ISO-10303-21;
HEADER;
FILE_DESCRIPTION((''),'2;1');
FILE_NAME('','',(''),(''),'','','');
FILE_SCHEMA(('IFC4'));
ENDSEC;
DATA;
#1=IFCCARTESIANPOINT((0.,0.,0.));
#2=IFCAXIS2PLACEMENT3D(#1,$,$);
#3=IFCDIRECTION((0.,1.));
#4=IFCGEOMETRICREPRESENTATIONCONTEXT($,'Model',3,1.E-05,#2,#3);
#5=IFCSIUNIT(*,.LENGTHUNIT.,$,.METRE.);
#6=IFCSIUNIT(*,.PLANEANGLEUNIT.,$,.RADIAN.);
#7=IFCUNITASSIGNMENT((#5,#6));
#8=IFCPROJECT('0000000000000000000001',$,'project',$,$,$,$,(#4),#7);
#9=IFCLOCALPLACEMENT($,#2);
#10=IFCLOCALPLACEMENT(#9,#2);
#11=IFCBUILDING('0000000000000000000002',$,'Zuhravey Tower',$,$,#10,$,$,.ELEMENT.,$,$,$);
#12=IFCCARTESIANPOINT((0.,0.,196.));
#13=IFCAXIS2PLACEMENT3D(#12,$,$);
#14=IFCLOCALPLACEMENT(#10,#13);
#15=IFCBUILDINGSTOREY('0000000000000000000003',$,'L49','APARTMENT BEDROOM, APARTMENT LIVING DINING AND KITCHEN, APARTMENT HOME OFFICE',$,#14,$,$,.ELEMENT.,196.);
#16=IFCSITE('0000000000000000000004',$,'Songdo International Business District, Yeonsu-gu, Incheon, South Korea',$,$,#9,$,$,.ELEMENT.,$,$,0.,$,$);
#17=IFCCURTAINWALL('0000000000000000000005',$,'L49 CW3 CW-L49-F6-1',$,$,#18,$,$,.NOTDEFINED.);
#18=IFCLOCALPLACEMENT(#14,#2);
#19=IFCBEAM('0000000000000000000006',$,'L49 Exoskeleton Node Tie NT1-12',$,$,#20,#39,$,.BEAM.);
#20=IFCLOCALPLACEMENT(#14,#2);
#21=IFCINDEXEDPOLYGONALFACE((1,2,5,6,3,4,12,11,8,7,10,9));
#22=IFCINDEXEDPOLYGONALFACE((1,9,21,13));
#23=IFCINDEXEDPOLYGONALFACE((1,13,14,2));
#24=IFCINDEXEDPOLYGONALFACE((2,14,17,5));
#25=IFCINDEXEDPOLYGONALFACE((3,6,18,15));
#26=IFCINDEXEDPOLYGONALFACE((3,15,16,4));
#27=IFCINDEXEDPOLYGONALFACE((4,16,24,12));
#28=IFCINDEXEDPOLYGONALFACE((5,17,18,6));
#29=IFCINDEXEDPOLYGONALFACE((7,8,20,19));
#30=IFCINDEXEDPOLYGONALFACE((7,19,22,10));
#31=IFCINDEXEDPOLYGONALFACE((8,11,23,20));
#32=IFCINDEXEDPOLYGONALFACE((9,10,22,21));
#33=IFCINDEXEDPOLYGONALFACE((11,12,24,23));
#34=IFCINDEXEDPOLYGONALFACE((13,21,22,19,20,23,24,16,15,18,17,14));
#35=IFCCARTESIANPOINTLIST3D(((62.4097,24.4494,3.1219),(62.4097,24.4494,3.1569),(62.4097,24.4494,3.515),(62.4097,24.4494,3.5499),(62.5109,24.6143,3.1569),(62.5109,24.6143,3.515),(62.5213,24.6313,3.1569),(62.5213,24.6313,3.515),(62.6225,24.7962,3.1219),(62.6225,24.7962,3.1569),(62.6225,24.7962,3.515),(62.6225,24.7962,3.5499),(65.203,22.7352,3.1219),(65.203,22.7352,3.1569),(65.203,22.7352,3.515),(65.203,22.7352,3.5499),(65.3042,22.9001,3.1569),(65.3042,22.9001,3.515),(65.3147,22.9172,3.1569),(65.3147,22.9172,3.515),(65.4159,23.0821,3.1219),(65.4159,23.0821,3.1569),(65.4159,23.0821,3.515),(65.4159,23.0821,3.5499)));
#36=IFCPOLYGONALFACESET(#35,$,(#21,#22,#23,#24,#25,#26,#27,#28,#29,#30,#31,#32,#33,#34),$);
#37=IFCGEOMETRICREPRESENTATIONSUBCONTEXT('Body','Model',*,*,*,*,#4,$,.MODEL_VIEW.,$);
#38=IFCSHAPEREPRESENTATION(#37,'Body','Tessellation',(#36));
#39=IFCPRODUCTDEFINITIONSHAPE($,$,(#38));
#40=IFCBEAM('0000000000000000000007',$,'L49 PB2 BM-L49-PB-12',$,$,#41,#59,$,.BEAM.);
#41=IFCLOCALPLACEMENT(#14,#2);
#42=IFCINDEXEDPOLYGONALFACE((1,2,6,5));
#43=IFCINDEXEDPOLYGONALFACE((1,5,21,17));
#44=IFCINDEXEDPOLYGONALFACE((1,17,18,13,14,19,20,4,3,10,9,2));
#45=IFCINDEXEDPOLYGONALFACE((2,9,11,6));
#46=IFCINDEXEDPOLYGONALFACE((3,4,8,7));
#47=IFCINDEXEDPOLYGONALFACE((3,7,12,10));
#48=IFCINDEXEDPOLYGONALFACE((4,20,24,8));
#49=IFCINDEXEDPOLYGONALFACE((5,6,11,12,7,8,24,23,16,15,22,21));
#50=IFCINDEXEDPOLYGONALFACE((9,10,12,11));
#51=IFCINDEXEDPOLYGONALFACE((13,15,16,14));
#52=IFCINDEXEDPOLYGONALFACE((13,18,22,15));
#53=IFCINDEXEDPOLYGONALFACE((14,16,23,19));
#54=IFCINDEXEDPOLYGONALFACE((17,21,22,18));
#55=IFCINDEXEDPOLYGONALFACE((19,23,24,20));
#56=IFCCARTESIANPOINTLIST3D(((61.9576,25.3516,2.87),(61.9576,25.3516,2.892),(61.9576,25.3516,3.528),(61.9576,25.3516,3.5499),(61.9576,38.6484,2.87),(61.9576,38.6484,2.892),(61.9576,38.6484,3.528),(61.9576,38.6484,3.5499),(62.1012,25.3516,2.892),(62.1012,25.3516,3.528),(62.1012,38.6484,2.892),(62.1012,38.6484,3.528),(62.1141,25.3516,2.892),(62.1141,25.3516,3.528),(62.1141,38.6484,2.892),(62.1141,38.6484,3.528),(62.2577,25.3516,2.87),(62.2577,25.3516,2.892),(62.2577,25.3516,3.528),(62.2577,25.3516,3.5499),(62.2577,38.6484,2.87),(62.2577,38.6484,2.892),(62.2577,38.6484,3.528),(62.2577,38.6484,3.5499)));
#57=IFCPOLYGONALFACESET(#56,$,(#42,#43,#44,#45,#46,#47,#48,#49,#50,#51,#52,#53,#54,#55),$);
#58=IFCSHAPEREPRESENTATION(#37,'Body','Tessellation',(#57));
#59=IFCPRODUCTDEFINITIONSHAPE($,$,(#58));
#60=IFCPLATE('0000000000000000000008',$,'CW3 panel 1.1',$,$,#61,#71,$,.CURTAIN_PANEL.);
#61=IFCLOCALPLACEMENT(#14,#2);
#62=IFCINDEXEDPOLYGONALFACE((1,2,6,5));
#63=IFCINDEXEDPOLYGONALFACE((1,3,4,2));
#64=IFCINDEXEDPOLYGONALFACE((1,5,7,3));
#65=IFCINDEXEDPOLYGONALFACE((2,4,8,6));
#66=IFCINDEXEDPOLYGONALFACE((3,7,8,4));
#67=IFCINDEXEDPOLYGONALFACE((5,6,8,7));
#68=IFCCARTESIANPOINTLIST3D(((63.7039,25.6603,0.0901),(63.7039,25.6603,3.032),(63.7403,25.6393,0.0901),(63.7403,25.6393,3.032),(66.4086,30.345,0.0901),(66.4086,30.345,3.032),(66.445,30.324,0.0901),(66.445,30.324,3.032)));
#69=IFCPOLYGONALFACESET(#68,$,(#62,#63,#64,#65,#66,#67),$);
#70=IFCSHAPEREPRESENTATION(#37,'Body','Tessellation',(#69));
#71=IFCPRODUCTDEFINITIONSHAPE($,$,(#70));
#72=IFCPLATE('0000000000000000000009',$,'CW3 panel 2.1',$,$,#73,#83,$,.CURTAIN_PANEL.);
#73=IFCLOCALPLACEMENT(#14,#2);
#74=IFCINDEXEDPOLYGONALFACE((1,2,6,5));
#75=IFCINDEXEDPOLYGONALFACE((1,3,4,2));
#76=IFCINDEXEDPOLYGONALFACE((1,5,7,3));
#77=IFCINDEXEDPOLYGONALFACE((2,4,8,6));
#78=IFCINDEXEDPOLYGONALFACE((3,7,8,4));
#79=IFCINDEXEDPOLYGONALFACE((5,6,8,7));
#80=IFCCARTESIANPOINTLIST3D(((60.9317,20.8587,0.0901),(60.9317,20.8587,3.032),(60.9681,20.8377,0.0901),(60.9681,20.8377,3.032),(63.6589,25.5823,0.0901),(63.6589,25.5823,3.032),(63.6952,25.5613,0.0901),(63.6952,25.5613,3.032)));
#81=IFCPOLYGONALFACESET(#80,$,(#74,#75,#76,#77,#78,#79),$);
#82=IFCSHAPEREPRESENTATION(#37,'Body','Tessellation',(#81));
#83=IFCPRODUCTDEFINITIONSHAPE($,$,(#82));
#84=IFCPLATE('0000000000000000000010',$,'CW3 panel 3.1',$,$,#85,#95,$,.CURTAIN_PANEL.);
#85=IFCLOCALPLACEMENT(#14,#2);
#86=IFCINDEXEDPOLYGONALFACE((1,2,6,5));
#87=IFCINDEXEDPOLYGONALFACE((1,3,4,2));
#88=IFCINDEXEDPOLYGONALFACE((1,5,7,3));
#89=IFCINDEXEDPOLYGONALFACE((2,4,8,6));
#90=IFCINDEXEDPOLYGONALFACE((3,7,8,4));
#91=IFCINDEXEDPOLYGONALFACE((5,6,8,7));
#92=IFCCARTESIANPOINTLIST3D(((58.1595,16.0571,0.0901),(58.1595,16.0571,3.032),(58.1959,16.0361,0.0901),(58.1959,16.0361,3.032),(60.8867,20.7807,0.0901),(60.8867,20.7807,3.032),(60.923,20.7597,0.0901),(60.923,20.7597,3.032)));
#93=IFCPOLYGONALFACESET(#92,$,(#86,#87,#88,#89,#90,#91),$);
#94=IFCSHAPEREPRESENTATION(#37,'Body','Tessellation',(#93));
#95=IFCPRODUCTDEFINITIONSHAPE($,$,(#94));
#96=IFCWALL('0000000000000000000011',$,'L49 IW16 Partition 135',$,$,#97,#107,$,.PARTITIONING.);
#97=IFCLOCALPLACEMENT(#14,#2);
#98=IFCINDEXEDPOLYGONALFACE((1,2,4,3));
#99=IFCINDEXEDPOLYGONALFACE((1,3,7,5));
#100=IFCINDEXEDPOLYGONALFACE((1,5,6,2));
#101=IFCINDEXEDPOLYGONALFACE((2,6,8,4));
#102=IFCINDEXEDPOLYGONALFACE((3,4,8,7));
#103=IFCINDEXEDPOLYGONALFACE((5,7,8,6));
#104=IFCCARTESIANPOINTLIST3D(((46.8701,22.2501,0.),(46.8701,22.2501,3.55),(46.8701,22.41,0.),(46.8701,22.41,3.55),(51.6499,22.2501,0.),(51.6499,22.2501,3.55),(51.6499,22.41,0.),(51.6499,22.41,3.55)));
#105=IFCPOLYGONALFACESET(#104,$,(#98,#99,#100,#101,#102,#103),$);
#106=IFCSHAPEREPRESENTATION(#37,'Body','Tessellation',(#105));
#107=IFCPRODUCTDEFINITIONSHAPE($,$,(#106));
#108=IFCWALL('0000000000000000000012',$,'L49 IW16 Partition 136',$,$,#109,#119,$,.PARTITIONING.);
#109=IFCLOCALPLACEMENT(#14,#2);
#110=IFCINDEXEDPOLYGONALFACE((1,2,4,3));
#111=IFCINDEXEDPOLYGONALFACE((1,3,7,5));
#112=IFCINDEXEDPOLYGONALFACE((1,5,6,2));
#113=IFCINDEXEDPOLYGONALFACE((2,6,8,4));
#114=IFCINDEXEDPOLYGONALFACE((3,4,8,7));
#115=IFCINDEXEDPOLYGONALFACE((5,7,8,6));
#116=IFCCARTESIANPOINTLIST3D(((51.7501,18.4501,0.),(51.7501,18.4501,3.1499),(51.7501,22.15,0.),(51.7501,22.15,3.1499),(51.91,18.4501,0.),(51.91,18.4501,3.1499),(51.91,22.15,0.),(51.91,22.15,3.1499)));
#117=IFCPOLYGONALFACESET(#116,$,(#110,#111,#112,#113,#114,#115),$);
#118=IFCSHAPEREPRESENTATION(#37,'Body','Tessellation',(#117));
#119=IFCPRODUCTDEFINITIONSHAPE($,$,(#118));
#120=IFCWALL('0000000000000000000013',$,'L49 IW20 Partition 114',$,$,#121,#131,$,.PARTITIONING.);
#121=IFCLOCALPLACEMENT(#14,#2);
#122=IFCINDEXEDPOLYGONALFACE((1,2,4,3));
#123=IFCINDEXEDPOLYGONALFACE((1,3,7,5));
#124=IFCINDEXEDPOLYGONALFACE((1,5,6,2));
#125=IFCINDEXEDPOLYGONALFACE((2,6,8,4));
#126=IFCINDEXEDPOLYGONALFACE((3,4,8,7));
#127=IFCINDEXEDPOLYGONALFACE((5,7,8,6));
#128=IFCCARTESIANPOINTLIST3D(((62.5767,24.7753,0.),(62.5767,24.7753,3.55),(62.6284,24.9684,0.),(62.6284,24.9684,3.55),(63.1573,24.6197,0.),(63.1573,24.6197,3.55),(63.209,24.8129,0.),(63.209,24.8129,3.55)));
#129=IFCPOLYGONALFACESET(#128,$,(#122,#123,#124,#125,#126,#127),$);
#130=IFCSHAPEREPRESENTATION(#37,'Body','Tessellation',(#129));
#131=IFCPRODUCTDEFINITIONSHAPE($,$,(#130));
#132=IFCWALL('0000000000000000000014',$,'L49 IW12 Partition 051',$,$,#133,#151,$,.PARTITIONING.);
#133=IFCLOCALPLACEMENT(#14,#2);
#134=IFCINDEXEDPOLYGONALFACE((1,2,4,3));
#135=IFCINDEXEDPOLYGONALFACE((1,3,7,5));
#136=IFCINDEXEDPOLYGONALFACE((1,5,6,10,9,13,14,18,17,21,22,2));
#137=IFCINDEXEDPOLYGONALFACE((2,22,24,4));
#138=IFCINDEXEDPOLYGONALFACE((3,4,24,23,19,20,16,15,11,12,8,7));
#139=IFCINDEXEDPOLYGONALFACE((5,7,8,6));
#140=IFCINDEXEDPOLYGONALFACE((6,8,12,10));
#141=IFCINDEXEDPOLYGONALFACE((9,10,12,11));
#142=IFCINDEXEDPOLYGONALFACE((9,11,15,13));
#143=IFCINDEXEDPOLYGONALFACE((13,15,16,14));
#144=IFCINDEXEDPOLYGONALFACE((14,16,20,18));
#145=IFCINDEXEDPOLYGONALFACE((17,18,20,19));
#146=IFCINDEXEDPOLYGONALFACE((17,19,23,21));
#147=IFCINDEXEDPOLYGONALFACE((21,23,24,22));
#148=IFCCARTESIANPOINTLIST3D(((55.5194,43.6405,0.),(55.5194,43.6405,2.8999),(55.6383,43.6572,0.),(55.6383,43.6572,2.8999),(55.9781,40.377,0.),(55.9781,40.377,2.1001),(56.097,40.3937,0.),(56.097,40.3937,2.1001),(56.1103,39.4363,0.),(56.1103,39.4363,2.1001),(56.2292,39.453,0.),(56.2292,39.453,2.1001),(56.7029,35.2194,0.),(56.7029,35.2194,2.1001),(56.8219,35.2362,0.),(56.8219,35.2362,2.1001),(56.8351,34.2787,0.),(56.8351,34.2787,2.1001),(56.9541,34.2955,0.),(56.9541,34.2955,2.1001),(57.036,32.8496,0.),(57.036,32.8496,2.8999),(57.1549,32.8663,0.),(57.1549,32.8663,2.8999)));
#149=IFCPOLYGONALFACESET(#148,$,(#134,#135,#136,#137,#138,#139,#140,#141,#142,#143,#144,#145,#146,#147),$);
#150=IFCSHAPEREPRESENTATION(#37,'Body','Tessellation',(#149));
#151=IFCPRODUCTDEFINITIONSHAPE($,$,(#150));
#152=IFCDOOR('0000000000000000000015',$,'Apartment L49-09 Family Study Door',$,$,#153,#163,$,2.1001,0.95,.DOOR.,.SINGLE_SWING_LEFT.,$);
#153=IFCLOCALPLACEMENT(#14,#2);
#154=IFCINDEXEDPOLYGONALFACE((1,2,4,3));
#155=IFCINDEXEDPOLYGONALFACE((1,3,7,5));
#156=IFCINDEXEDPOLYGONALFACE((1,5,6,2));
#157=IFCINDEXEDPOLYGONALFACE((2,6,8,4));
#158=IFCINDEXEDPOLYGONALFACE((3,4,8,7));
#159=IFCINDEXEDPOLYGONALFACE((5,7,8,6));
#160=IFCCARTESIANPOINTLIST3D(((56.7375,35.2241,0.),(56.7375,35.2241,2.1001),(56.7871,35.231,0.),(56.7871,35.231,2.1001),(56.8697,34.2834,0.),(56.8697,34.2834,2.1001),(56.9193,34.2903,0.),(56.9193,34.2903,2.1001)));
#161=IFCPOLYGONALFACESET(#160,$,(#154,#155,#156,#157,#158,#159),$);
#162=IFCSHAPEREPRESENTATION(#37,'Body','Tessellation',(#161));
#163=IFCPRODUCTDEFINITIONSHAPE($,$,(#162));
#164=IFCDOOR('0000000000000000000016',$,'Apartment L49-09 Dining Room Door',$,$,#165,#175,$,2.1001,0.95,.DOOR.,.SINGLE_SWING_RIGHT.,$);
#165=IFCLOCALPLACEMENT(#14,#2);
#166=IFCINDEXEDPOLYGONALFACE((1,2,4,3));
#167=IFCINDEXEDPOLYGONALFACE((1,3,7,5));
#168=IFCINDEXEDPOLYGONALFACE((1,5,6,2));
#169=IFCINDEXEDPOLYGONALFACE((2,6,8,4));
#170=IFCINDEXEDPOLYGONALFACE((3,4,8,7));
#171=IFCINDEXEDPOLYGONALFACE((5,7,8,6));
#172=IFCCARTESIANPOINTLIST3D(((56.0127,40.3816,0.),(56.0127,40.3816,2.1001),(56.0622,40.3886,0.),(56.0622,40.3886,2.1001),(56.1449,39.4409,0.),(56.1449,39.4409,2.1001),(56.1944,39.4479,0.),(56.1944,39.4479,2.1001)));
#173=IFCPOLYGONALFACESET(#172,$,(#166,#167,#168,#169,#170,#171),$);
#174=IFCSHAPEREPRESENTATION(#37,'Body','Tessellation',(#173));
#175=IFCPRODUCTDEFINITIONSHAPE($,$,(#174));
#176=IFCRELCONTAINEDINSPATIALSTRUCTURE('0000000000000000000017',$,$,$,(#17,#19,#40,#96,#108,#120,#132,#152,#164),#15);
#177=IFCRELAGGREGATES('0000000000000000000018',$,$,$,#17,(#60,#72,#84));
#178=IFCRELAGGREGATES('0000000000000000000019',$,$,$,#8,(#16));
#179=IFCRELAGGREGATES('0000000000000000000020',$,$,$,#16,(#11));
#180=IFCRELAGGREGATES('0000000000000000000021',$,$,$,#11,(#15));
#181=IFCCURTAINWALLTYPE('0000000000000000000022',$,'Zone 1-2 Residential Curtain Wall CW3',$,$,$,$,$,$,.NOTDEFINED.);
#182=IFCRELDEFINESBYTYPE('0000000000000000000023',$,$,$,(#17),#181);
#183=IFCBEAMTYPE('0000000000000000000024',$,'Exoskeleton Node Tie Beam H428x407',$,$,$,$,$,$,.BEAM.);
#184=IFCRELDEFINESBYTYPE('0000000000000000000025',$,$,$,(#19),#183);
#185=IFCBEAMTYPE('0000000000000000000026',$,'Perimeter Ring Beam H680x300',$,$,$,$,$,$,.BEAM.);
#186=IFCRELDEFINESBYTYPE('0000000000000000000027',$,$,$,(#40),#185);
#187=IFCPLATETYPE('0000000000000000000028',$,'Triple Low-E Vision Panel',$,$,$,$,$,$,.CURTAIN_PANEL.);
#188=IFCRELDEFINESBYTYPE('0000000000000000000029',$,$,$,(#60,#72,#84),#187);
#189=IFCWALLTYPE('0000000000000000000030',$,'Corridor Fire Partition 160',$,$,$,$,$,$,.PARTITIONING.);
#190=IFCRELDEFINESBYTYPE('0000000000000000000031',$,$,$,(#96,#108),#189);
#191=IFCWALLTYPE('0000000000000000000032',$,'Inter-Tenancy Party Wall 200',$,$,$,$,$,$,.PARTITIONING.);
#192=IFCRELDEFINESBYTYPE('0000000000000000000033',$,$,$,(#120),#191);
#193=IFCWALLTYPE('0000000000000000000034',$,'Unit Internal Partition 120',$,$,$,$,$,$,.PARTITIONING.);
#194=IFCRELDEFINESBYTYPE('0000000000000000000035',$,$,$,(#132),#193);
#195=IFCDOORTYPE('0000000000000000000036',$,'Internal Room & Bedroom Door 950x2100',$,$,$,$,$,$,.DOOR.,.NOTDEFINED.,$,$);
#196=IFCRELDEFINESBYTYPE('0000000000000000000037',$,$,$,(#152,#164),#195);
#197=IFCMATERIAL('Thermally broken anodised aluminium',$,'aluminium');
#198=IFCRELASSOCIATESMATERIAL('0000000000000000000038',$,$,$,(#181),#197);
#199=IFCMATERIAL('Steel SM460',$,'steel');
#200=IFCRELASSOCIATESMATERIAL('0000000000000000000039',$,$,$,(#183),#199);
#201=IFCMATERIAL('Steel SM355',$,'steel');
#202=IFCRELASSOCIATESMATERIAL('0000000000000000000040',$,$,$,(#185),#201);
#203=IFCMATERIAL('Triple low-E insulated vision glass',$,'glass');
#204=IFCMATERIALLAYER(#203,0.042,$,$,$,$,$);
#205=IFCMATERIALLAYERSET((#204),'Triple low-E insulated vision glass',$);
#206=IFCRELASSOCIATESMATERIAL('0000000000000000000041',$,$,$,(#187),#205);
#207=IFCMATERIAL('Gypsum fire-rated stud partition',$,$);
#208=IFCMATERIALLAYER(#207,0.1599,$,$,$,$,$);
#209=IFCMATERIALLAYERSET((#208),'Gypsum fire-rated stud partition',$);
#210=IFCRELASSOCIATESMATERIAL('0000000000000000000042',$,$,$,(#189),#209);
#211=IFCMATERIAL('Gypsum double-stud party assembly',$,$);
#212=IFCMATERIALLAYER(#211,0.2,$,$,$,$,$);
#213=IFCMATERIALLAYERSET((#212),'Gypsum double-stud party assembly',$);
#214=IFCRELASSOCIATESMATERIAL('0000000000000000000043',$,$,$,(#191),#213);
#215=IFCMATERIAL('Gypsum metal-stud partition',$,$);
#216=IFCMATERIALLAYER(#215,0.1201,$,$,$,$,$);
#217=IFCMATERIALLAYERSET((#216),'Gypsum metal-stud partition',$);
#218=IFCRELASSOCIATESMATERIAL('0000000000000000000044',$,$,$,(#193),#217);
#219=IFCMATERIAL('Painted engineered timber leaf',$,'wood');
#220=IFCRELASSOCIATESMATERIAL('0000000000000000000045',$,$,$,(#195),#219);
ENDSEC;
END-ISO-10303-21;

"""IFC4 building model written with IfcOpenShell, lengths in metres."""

from ifc_helpers import new_model, si_unit, direction, frame, frame_2d, origin, origin_2d, place, context, subcontext, project, spatial, rectangle, i_section, extrude, material, layer, layer_set, material_profile, profile_set, type_object, element, fill, aggregate, save


model = new_model("IFC4")

# Units and contexts
model_context = context("Model", 3, precision=1e-05, world=origin(), true_north=direction((0.0, 1.0)))
body_context = subcontext(model_context, "Body", "Model", "MODEL_VIEW")
ifc_project = project(units=[si_unit("LENGTHUNIT", "METRE"), si_unit("PLANEANGLEUNIT", "RADIAN")], contexts=[model_context])

# Site, building, storey
site_placement = place(None, origin())
site = spatial("IfcSite", under=ifc_project, at=site_placement, Name="Songdo International Business District, Yeonsu-gu, Incheon, South Korea", CompositionType="ELEMENT", RefElevation=0.0)
building_placement = place(site_placement, origin())
building = spatial("IfcBuilding", under=site, at=building_placement, Name="Zuhravey Tower", CompositionType="ELEMENT")
storey_placement = place(building_placement, frame((0.0, 0.0, 196.0)))
storey = spatial("IfcBuildingStorey", under=building, at=storey_placement, Name="L49", Description="APARTMENT BEDROOM, APARTMENT LIVING DINING AND KITCHEN, APARTMENT HOME OFFICE", CompositionType="ELEMENT", Elevation=196.0)

# Curtain wall
ifc_material_1 = material(Name="Thermally broken anodised aluminium", Category="aluminium")
curtain_wall_type = type_object("IfcCurtainWallType", Name="Zone 1-2 Residential Curtain Wall CW3", PredefinedType="NOTDEFINED", material=ifc_material_1)
curtain_wall_placement = place(storey_placement, origin())
curtain_wall = element("IfcCurtainWall", 1, at=curtain_wall_placement, inside=storey, type_object=curtain_wall_type, Name="L49 CW3 CW-L49-F6-1", PredefinedType="NOTDEFINED")

# Beams
ifc_material_2 = material(Name="Steel SM460", Category="steel")
ifc_material_profile_1 = material_profile(ifc_material_2, i_section(OverallWidth=0.407, OverallDepth=0.428, WebThickness=0.02, FlangeThickness=0.0349, at=origin_2d()), Name="H-428x407x20x35")
ifc_profile_set_1 = profile_set([ifc_material_profile_1], Name="Steel SM460")
beam_type_1 = type_object("IfcBeamType", Name="Exoskeleton Node Tie Beam H428x407", PredefinedType="BEAM", material=ifc_profile_set_1)
beam_1_placement = place(storey_placement, frame((62.5161, 24.6228, 3.3359), z_axis=(0.85231, -0.523037, 0.0), x_axis=(0.523037, 0.85231, 0.0)))
element("IfcBeam", 2, at=beam_1_placement, inside=storey, type_object=beam_type_1, Name="L49 Exoskeleton Node Tie NT1-12", PredefinedType="BEAM", context=body_context, shape_type="SweptSolid", body=[
    extrude(i_section(OverallWidth=0.407, OverallDepth=0.428, WebThickness=0.02, FlangeThickness=0.0349, at=origin_2d()), origin(), (0.0, 0.0, 1.0), 3.2773),
])
ifc_material_3 = material(Name="Steel SM355", Category="steel")
ifc_material_profile_2 = material_profile(ifc_material_3, i_section(OverallWidth=0.3, OverallDepth=0.6799, WebThickness=0.0129, FlangeThickness=0.022, at=origin_2d()), Name="H-680x300x13x22")
ifc_profile_set_2 = profile_set([ifc_material_profile_2], Name="Steel SM355")
beam_type_2 = type_object("IfcBeamType", Name="Perimeter Ring Beam H680x300", PredefinedType="BEAM", material=ifc_profile_set_2)
beam_2_placement = place(storey_placement, frame((62.1077, 25.3516, 3.21), z_axis=(0.0, 1.0, 0.0), x_axis=(-1.0, 0.0, 0.0)))
element("IfcBeam", 3, at=beam_2_placement, inside=storey, type_object=beam_type_2, Name="L49 PB2 BM-L49-PB-12", PredefinedType="BEAM", context=body_context, shape_type="SweptSolid", body=[
    extrude(i_section(OverallWidth=0.3, OverallDepth=0.6799, WebThickness=0.0129, FlangeThickness=0.022, at=origin_2d()), origin(), (0.0, 0.0, 1.0), 13.2969),
])

# Plates
ifc_material_4 = material(Name="Triple low-E insulated vision glass", Category="glass")
ifc_layer_1 = layer(ifc_material_4, 0.042)
ifc_layer_set_1 = layer_set([ifc_layer_1], Name="Triple low-E insulated vision glass")
plate_type = type_object("IfcPlateType", Name="Triple Low-E Vision Panel", PredefinedType="CURTAIN_PANEL", material=ifc_layer_set_1)
plate_1_placement = place(storey_placement, frame((65.0745, 27.9922, 0.0901), z_axis=(0.0, 0.0, 1.0), x_axis=(-0.5, -0.866025, 0.0)))
plate_1 = element("IfcPlate", 4, at=plate_1_placement, type_object=plate_type, Name="CW3 panel 1.1", PredefinedType="CURTAIN_PANEL", context=body_context, shape_type="SweptSolid", body=[
    extrude(rectangle(XDim=5.4094, YDim=0.042, at=origin_2d()), origin(), (0.0, 0.0, 1.0), 2.9419),
])
plate_2_placement = place(storey_placement, frame((62.3135, 23.21, 0.0901), z_axis=(0.0, 0.0, 1.0), x_axis=(-0.5, -0.866025, 0.0)))
plate_2 = element("IfcPlate", 5, at=plate_2_placement, type_object=plate_type, Name="CW3 panel 2.1", PredefinedType="CURTAIN_PANEL", context=body_context, shape_type="SweptSolid", body=[
    extrude(rectangle(XDim=5.4543, YDim=0.042, at=origin_2d()), origin(), (0.0, 0.0, 1.0), 2.9419),
])
plate_3_placement = place(storey_placement, frame((59.5413, 18.4084, 0.0901), z_axis=(0.0, 0.0, 1.0), x_axis=(-0.5, -0.866025, 0.0)))
plate_3 = element("IfcPlate", 6, at=plate_3_placement, type_object=plate_type, Name="CW3 panel 3.1", PredefinedType="CURTAIN_PANEL", context=body_context, shape_type="SweptSolid", body=[
    extrude(rectangle(XDim=5.4543, YDim=0.042, at=origin_2d()), origin(), (0.0, 0.0, 1.0), 2.9419),
])
aggregate(curtain_wall, [plate_1, plate_2, plate_3])

# Walls
ifc_material_5 = material(Name="Gypsum fire-rated stud partition")
ifc_layer_2 = layer(ifc_material_5, 0.1599)
ifc_layer_set_2 = layer_set([ifc_layer_2], Name="Gypsum fire-rated stud partition")
wall_type_1 = type_object("IfcWallType", Name="Corridor Fire Partition 160", PredefinedType="PARTITIONING", material=ifc_layer_set_2)
wall_1_placement = place(storey_placement, frame((51.6499, 22.3301, 0.0), z_axis=(0.0, 0.0, 1.0), x_axis=(-1.0, 0.0, 0.0)))
element("IfcWall", 7, at=wall_1_placement, inside=storey, type_object=wall_type_1, Name="L49 IW16 Partition 135", PredefinedType="PARTITIONING", context=body_context, shape_type="SweptSolid", body=[
    extrude(rectangle(XDim=4.7798, YDim=0.1599, at=frame_2d((2.3899, 0.0))), origin(), (0.0, 0.0, 1.0), 3.55),
])
wall_2_placement = place(storey_placement, frame((51.8301, 18.45, 0.0), z_axis=(0.0, 0.0, 1.0), x_axis=(0.0, 1.0, 0.0)))
element("IfcWall", 8, at=wall_2_placement, inside=storey, type_object=wall_type_1, Name="L49 IW16 Partition 136", PredefinedType="PARTITIONING", context=body_context, shape_type="SweptSolid", body=[
    extrude(rectangle(XDim=3.7, YDim=0.1599, at=frame_2d((1.8501, 0.0))), origin(), (0.0, 0.0, 1.0), 3.1499),
])
ifc_material_6 = material(Name="Gypsum double-stud party assembly")
ifc_layer_3 = layer(ifc_material_6, 0.2)
ifc_layer_set_3 = layer_set([ifc_layer_3], Name="Gypsum double-stud party assembly")
wall_type_2 = type_object("IfcWallType", Name="Inter-Tenancy Party Wall 200", PredefinedType="PARTITIONING", material=ifc_layer_set_3)
wall_3_placement = place(storey_placement, frame((62.6025, 24.8718, 0.0), z_axis=(0.0, 0.0, 1.0), x_axis=(0.965944, -0.25875, 0.0)))
element("IfcWall", 9, at=wall_3_placement, inside=storey, type_object=wall_type_2, Name="L49 IW20 Partition 114", PredefinedType="PARTITIONING", context=body_context, shape_type="SweptSolid", body=[
    extrude(rectangle(XDim=0.6011, YDim=0.2, at=frame_2d((0.3005, 0.0))), origin(), (0.0, 0.0, 1.0), 3.55),
])

# Wall, openings, doors
ifc_material_7 = material(Name="Gypsum metal-stud partition")
ifc_layer_4 = layer(ifc_material_7, 0.1201)
ifc_layer_set_4 = layer_set([ifc_layer_4], Name="Gypsum metal-stud partition")
wall_type_3 = type_object("IfcWallType", Name="Unit Internal Partition 120", PredefinedType="PARTITIONING", material=ifc_layer_set_4)
wall_4_placement = place(storey_placement, frame((57.0955, 32.8579, 0.0), z_axis=(0.0, 0.0, 1.0), x_axis=(-0.139175, 0.990268, 0.0)))
wall_4 = element("IfcWall", 10, at=wall_4_placement, inside=storey, type_object=wall_type_3, Name="L49 IW12 Partition 051", PredefinedType="PARTITIONING", context=body_context, shape_type="SweptSolid", body=[
    extrude(rectangle(XDim=10.897, YDim=0.1201, at=frame_2d((5.4485, 0.0))), origin(), (0.0, 0.0, 1.0), 2.8999),
])
opening_1_placement = place(wall_4_placement, frame((1.4431, 0.0, 0.0)))
opening_1 = element("IfcOpeningElement", 11, at=opening_1_placement, cuts=wall_4, PredefinedType="OPENING", context=body_context, shape_type="SweptSolid", body=[
    extrude(rectangle(XDim=0.95, YDim=2.1001, at=frame_2d((0.4751, 1.05))), frame((0.0, 0.072, 0.0), z_axis=(0.0, -1.0, 0.0), x_axis=(1.0, 0.0, 0.0)), (0.0, 0.0, 1.0), 0.144),
])
opening_2_placement = place(wall_4_placement, frame((6.6514, 0.0, 0.0)))
opening_2 = element("IfcOpeningElement", 12, at=opening_2_placement, cuts=wall_4, PredefinedType="OPENING", context=body_context, shape_type="SweptSolid", body=[
    extrude(rectangle(XDim=0.95, YDim=2.1001, at=frame_2d((0.4751, 1.05))), frame((0.0, 0.072, 0.0), z_axis=(0.0, -1.0, 0.0), x_axis=(1.0, 0.0, 0.0)), (0.0, 0.0, 1.0), 0.144),
])
ifc_material_8 = material(Name="Painted engineered timber leaf", Category="wood")
door_type = type_object("IfcDoorType", Name="Internal Room & Bedroom Door 950x2100", OperationType="NOTDEFINED", PredefinedType="DOOR", material=ifc_material_8)
door_1_placement = place(opening_1_placement, frame((0.95, 0.0, 0.0), z_axis=(0.0, 0.0, 1.0), x_axis=(-1.0, 0.0, 0.0)))
door_1 = element("IfcDoor", 13, at=door_1_placement, inside=storey, type_object=door_type, Name="Apartment L49-09 Family Study Door", OperationType="SINGLE_SWING_LEFT", OverallHeight=2.1001, OverallWidth=0.95, PredefinedType="DOOR", context=body_context, shape_type="SweptSolid", body=[
    extrude(rectangle(XDim=0.95, YDim=2.1001, at=frame_2d((0.4751, 1.05))), frame((0.0, 0.0249, 0.0), z_axis=(0.0, -1.0, 0.0), x_axis=(1.0, 0.0, 0.0)), (0.0, 0.0, 1.0), 0.05),
])
fill(opening_1, door_1)
door_2_placement = place(opening_2_placement, frame((0.95, 0.0, 0.0), z_axis=(0.0, 0.0, 1.0), x_axis=(-1.0, 0.0, 0.0)))
door_2 = element("IfcDoor", 14, at=door_2_placement, inside=storey, type_object=door_type, Name="Apartment L49-09 Dining Room Door", OperationType="SINGLE_SWING_RIGHT", OverallHeight=2.1001, OverallWidth=0.95, PredefinedType="DOOR", context=body_context, shape_type="SweptSolid", body=[
    extrude(rectangle(XDim=0.95, YDim=2.1001, at=frame_2d((0.4751, 1.05))), frame((0.0, 0.0249, 0.0), z_axis=(0.0, -1.0, 0.0), x_axis=(1.0, 0.0, 0.0)), (0.0, 0.0, 1.0), 0.05),
])
fill(opening_2, door_2)

save(model, "model.ifc")
